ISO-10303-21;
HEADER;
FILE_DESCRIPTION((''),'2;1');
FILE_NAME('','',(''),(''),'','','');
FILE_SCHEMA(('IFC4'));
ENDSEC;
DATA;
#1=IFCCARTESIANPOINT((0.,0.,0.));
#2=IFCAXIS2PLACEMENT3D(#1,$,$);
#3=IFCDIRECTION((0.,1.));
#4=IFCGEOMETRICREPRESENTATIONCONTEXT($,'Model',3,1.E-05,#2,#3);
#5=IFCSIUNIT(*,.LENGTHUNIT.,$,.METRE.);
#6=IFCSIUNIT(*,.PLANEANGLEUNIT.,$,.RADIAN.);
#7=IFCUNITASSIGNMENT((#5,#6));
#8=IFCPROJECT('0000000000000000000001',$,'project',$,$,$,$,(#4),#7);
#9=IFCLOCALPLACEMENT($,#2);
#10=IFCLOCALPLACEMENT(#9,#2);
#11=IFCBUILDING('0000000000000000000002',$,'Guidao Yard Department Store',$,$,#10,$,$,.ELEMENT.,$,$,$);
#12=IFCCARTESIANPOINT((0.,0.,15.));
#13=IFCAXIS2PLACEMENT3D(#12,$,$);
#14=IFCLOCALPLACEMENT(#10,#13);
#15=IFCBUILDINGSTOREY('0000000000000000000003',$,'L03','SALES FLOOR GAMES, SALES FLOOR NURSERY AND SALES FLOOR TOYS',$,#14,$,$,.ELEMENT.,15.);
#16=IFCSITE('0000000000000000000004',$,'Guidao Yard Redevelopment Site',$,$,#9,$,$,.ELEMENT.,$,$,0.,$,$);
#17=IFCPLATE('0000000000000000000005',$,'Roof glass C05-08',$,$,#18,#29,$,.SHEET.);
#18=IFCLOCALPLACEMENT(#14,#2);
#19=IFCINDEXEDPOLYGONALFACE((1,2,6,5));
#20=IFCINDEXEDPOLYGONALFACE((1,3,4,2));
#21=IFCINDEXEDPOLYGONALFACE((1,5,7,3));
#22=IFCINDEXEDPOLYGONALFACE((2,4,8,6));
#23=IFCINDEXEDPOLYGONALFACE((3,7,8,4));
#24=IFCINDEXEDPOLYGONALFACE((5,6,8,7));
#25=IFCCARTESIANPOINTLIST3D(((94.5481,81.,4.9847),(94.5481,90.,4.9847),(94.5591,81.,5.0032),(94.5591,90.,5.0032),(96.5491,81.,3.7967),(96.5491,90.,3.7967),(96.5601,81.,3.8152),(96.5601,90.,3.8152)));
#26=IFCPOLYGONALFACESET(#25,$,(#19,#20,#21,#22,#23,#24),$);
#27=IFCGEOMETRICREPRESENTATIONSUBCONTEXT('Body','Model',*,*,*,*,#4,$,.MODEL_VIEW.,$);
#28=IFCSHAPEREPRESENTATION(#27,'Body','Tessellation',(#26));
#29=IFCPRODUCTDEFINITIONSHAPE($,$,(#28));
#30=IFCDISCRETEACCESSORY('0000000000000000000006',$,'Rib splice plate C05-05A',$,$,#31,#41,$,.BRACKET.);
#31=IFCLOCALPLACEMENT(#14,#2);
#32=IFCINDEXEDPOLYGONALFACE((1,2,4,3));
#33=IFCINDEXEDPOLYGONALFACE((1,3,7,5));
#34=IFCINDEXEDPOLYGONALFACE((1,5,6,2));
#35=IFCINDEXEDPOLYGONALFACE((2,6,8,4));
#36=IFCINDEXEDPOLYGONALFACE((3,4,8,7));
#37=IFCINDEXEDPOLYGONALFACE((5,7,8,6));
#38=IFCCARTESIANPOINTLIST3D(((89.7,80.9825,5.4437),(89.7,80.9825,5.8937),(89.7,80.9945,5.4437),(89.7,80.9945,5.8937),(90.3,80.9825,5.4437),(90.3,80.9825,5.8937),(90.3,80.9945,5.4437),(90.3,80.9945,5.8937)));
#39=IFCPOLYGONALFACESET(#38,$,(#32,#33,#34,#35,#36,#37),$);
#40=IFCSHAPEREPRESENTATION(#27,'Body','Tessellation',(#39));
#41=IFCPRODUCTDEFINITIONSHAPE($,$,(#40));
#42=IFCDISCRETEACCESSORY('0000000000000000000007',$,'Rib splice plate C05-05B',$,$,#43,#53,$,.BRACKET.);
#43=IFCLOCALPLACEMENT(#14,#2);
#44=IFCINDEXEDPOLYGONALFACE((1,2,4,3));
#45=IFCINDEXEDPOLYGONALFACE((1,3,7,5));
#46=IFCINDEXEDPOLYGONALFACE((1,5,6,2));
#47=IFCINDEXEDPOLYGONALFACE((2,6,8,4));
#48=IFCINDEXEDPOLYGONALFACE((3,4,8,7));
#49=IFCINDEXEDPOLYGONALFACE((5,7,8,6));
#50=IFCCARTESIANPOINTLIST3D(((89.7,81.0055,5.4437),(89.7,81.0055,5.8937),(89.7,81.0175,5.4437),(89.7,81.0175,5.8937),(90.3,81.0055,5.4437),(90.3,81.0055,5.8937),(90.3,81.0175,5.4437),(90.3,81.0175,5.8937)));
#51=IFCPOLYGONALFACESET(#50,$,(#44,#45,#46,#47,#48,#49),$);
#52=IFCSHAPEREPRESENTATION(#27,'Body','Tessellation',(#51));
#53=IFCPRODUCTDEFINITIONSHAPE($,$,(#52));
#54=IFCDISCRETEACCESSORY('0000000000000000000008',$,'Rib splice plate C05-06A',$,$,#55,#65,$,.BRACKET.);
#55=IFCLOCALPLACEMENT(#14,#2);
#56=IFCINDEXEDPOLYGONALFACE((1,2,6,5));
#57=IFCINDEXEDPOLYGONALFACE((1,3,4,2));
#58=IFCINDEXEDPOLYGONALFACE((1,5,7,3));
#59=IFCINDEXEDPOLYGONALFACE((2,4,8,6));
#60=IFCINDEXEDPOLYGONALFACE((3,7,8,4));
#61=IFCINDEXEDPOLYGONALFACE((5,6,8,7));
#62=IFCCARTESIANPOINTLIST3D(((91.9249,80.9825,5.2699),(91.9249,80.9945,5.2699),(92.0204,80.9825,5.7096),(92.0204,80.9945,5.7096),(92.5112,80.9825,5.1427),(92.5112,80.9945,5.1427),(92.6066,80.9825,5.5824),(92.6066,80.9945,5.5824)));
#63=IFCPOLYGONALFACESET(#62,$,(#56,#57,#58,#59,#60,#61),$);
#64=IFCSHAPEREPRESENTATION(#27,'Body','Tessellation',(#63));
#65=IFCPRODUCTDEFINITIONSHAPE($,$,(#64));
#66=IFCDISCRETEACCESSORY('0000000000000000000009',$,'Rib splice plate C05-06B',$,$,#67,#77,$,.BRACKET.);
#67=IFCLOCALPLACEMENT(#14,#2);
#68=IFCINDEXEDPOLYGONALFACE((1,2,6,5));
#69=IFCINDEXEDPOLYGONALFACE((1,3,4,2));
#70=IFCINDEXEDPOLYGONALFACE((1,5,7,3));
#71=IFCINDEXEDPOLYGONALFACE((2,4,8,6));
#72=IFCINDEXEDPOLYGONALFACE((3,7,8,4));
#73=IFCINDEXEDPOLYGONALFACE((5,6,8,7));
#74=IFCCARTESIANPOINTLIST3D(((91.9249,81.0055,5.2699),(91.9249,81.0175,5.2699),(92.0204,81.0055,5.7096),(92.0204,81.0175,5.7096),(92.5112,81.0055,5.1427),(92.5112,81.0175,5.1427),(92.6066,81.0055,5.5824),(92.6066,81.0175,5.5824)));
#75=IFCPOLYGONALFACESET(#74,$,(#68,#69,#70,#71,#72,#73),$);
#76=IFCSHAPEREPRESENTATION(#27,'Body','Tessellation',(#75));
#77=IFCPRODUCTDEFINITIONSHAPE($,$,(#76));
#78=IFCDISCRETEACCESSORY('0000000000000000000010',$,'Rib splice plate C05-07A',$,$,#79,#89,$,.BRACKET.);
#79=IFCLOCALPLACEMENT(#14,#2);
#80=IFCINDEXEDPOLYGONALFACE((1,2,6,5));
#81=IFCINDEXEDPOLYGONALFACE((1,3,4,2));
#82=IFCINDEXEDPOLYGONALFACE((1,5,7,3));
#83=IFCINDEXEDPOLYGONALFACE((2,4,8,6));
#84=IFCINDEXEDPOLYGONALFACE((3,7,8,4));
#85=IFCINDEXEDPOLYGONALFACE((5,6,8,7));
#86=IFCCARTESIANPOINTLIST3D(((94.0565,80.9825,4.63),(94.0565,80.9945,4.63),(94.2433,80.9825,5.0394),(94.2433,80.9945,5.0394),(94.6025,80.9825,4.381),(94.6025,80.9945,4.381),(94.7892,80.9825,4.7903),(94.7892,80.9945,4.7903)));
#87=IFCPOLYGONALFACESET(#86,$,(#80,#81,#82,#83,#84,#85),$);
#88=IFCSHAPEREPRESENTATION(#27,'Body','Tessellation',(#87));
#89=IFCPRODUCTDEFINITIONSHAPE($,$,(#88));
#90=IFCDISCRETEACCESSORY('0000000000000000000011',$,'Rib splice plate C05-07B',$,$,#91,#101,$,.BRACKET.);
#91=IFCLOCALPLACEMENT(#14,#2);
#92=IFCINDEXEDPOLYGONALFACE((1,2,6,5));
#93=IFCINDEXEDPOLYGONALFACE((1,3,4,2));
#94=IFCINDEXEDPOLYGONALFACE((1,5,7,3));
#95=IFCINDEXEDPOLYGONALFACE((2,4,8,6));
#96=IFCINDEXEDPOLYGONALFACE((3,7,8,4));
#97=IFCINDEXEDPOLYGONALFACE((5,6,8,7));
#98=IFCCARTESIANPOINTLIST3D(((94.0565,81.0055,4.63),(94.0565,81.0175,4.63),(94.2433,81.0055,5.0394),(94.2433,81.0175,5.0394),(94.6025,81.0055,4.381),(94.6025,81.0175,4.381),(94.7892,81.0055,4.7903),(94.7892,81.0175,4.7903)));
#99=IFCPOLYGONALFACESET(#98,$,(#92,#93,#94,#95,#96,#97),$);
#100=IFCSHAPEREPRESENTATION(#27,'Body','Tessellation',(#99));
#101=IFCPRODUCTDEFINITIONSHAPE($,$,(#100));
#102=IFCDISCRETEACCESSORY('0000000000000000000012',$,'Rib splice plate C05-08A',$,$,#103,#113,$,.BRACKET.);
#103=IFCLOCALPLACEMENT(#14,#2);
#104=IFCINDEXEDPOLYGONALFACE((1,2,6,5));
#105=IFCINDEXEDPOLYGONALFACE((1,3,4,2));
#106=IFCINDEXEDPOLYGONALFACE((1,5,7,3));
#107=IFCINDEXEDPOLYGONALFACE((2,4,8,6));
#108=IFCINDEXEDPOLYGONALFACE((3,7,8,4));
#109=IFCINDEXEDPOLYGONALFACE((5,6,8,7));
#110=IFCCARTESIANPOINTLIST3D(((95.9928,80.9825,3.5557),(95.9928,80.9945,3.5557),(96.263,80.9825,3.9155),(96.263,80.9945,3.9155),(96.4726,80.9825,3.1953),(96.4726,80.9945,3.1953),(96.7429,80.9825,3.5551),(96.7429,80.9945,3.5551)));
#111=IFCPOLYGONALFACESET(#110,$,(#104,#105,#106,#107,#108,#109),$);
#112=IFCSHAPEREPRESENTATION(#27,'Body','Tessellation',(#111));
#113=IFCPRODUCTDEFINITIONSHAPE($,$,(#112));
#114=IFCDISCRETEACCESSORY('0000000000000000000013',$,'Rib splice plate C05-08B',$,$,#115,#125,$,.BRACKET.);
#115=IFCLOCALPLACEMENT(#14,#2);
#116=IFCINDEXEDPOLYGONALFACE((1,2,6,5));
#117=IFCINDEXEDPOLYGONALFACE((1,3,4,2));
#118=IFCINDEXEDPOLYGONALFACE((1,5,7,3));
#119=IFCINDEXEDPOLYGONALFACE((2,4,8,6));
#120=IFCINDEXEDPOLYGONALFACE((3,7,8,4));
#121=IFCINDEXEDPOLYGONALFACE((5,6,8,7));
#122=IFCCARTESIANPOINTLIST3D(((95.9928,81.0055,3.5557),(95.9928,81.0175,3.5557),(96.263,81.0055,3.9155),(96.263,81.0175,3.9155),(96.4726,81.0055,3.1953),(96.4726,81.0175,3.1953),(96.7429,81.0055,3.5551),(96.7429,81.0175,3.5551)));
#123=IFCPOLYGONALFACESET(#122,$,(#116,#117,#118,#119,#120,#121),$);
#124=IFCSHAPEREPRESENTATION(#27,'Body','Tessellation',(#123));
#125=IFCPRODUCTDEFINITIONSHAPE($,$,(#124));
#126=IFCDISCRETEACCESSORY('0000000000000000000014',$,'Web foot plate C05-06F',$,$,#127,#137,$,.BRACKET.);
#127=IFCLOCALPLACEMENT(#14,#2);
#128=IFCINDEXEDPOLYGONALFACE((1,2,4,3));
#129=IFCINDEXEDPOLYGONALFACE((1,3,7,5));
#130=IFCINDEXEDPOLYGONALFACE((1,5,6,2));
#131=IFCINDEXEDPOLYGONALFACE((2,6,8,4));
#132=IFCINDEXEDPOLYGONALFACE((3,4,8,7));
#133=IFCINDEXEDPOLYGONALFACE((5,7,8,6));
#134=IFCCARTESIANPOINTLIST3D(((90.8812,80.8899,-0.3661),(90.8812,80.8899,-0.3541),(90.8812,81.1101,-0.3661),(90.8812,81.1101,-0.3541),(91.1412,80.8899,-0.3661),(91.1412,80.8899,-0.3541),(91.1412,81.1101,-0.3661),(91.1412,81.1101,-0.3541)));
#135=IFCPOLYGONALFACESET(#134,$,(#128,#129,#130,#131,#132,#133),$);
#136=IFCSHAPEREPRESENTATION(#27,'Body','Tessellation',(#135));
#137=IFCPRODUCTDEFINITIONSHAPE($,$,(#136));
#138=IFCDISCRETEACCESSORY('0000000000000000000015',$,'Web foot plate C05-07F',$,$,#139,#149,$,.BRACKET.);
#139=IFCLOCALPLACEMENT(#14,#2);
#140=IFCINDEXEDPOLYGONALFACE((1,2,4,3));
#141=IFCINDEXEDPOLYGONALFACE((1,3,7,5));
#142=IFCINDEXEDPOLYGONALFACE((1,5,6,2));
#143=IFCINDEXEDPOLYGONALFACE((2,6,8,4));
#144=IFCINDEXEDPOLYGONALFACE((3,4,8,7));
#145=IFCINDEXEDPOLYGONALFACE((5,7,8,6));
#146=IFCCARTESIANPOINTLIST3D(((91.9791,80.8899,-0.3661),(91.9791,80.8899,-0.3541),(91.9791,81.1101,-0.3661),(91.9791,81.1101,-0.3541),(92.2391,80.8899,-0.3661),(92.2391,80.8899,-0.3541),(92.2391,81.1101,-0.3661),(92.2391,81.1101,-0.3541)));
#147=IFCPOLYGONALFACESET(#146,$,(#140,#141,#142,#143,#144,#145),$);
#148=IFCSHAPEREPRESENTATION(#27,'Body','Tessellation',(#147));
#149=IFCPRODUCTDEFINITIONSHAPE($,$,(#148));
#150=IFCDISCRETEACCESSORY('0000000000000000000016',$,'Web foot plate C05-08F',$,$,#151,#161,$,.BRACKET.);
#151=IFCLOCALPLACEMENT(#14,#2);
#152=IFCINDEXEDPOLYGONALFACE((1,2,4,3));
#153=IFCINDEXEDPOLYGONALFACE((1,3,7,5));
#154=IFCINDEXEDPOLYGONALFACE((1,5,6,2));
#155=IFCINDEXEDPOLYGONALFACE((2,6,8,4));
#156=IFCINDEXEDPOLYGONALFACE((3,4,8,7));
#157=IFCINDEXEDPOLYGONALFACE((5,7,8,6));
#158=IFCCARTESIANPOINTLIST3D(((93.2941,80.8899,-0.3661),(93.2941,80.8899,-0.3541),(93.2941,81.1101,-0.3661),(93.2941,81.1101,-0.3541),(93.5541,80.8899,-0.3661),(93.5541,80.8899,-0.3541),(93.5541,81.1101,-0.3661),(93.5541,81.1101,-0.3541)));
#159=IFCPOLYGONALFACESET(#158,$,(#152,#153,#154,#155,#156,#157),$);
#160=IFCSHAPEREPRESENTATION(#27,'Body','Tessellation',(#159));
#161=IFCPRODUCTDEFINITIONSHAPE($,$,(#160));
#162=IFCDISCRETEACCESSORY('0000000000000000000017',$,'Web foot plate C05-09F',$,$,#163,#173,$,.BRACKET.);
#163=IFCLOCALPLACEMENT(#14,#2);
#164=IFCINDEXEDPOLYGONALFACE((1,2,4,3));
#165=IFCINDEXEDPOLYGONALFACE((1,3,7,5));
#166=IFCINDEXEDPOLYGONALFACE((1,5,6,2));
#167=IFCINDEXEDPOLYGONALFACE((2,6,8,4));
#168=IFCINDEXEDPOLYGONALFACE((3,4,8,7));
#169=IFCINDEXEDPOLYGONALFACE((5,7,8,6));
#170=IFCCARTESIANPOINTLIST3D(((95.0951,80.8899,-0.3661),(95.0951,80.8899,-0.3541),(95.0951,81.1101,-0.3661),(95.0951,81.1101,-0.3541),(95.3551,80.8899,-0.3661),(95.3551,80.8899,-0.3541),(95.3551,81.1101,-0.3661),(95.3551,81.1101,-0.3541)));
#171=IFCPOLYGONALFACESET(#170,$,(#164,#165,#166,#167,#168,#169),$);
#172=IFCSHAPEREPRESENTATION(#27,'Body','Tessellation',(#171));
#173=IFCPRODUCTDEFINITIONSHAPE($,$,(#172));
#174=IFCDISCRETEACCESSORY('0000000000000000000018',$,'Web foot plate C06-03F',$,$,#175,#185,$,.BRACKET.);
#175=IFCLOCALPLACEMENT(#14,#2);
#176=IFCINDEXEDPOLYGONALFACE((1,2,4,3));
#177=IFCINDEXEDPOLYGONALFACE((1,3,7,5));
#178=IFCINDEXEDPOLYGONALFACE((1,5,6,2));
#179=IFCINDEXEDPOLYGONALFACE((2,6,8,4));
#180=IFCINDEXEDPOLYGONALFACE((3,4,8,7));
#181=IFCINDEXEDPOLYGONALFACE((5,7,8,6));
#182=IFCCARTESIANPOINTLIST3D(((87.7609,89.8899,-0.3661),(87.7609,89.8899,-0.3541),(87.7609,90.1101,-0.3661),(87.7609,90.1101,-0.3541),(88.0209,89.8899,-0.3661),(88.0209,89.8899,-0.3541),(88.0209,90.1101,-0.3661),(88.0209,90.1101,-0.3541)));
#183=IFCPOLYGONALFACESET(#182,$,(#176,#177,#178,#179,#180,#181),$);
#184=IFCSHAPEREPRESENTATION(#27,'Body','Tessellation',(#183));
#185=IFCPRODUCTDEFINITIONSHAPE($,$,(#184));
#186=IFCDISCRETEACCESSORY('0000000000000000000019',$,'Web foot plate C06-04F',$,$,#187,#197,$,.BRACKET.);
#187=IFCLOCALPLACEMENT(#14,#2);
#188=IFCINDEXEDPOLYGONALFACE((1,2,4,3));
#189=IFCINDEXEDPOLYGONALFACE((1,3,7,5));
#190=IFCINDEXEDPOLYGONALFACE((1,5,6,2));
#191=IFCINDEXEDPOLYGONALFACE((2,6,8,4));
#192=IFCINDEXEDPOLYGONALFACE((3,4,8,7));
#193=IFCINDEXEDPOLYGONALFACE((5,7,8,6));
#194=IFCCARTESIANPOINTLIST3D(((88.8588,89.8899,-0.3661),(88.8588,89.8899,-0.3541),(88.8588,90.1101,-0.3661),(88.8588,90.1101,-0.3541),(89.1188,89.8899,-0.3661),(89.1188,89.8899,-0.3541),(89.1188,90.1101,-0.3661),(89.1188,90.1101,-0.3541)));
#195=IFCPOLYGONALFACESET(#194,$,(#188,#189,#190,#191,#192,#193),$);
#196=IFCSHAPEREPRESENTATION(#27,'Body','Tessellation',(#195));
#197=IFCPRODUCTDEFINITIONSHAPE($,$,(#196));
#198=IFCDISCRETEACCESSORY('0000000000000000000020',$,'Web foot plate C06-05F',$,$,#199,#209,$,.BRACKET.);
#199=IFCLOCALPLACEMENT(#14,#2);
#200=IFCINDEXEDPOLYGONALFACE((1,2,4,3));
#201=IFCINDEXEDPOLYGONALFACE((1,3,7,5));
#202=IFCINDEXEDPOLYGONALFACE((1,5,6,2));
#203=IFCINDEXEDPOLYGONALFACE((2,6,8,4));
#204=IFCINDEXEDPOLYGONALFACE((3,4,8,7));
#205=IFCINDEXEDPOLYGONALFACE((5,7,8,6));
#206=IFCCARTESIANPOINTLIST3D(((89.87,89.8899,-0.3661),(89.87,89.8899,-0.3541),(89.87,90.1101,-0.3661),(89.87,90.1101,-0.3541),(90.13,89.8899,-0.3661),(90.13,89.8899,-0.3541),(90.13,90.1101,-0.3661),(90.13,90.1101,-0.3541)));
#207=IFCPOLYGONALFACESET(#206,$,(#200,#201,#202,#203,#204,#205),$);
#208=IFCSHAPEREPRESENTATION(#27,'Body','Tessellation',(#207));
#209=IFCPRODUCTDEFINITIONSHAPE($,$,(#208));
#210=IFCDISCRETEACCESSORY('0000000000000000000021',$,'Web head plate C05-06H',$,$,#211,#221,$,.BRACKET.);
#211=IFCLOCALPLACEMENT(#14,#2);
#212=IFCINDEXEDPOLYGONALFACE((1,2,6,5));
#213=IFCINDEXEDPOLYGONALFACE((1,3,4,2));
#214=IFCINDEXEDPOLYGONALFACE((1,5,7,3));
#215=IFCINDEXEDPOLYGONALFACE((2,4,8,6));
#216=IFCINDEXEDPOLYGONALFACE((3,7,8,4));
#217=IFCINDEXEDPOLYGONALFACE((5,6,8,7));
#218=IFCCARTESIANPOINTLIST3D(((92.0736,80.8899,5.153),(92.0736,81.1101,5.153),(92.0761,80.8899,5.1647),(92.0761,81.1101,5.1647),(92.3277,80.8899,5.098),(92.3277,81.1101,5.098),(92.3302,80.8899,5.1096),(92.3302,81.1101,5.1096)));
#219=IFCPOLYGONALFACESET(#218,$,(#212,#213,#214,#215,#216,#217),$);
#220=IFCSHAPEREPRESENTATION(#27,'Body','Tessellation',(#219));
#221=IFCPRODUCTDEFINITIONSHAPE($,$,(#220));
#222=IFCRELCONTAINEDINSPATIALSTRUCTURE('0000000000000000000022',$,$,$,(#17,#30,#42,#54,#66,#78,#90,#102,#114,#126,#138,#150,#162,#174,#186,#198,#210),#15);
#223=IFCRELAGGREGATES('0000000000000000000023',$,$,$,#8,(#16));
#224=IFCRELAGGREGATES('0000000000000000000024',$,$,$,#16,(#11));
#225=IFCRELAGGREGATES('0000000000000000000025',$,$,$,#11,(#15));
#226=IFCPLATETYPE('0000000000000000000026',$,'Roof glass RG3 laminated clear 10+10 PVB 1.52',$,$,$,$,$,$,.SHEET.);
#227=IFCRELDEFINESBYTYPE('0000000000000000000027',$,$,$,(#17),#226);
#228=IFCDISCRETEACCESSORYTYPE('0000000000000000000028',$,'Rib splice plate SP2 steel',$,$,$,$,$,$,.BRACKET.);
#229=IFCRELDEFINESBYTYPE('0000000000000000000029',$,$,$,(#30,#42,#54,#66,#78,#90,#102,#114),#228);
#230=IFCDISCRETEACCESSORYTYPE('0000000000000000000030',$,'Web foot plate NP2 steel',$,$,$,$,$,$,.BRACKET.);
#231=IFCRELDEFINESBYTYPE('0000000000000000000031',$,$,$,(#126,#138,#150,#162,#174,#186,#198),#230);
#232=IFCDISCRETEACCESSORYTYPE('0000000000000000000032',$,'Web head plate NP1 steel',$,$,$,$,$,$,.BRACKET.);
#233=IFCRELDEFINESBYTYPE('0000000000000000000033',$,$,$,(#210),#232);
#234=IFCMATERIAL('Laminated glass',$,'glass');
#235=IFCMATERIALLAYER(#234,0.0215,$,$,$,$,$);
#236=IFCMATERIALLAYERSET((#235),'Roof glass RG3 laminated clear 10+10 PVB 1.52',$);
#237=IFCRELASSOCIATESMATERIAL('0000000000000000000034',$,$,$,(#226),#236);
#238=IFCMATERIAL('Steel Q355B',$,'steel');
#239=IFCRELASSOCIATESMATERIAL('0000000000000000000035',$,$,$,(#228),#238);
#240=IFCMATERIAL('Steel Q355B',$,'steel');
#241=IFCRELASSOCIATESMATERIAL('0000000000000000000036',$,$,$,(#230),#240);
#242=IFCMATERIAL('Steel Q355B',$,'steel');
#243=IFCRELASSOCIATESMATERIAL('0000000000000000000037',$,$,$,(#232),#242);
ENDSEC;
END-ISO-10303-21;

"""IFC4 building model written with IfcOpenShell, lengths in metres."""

from ifc_helpers import new_model, si_unit, direction, frame, origin, origin_2d, place, context, subcontext, project, spatial, polyline, rectangle, outline, extrude, material, layer, layer_set, material_profile, profile_set, type_object, element, save


model = new_model("IFC4")

# Units and contexts
model_context = context("Model", 3, precision=1e-05, world=origin(), true_north=direction((0.0, 1.0)))
body_context = subcontext(model_context, "Body", "Model", "MODEL_VIEW")
ifc_project = project(units=[si_unit("LENGTHUNIT", "METRE"), si_unit("PLANEANGLEUNIT", "RADIAN")], contexts=[model_context])

# Site, building, storey
site_placement = place(None, origin())
site = spatial("IfcSite", under=ifc_project, at=site_placement, Name="Guidao Yard Redevelopment Site", CompositionType="ELEMENT", RefElevation=0.0)
building_placement = place(site_placement, origin())
building = spatial("IfcBuilding", under=site, at=building_placement, Name="Guidao Yard Department Store", CompositionType="ELEMENT")
storey_placement = place(building_placement, frame((0.0, 0.0, 15.0)))
storey = spatial("IfcBuildingStorey", under=building, at=storey_placement, Name="L03", Description="SALES FLOOR GAMES, SALES FLOOR NURSERY AND SALES FLOOR TOYS", CompositionType="ELEMENT", Elevation=15.0)

# Plate
ifc_material_1 = material(Name="Laminated glass", Category="glass")
ifc_layer = layer(ifc_material_1, 0.0215)
ifc_layer_set = layer_set([ifc_layer], Name="Roof glass RG3 laminated clear 10+10 PVB 1.52")
plate_type = type_object("IfcPlateType", Name="Roof glass RG3 laminated clear 10+10 PVB 1.52", PredefinedType="SHEET", material=ifc_layer_set)
plate_placement = place(storey_placement, frame((94.5591, 81.0, 5.0032), z_axis=(0.51051, 0.0, 0.859872), x_axis=(0.859872, 0.0, -0.51051)))
element("IfcPlate", 1, at=plate_placement, inside=storey, type_object=plate_type, Name="Roof glass C05-08", PredefinedType="SHEET", context=body_context, shape_type="SweptSolid", body=[
    extrude(outline(polyline([(0.0, 0.0), (2.3271, 0.0), (2.3271, 9.0), (0.0, 9.0), (0.0, 0.0)])), origin(), (0.0, 0.0, -1.0), 0.0215),
])

# Discrete accessories
ifc_material_2 = material(Name="Steel Q355B", Category="steel")
ifc_material_profile_1 = material_profile(ifc_material_2, rectangle(XDim=0.012, YDim=0.45, at=origin_2d()), Name="Splice plate 450x12")
ifc_profile_set_1 = profile_set([ifc_material_profile_1], Name="Steel Q355B")
discrete_accessory_type_1 = type_object("IfcDiscreteAccessoryType", Name="Rib splice plate SP2 steel", PredefinedType="BRACKET", material=ifc_profile_set_1)
for number, where, z_axis, x_axis, name in (
    (2, (89.7, 80.9885, 5.6687), (1.0, 0.0, 0.0), (0.0, 1.0, 0.0), "Rib splice plate C05-05A"),
    (3, (89.7, 81.0115, 5.6687), (1.0, 0.0, 0.0), (0.0, 1.0, 0.0), "Rib splice plate C05-05B"),
):
    element("IfcDiscreteAccessory", number, at=place(storey_placement, frame(where, z_axis=z_axis, x_axis=x_axis)), inside=storey, type_object=discrete_accessory_type_1, Name=name, PredefinedType="BRACKET", context=body_context, shape_type="SweptSolid", body=[
        extrude(rectangle(XDim=0.012, YDim=0.45, at=origin_2d()), origin(), (0.0, 0.0, 1.0), 0.6001),
    ])
for number, where, z_axis, x_axis, name in (
    (4, (91.9727, 80.9885, 5.4897), (0.977257, 0.0, -0.212058), (0.0, 1.0, 0.0), "Rib splice plate C05-06A"),
    (5, (91.9727, 81.0115, 5.4897), (0.977257, 0.0, -0.212058), (0.0, 1.0, 0.0), "Rib splice plate C05-06B"),
):
    element("IfcDiscreteAccessory", number, at=place(storey_placement, frame(where, z_axis=z_axis, x_axis=x_axis)), inside=storey, type_object=discrete_accessory_type_1, Name=name, PredefinedType="BRACKET", context=body_context, shape_type="SweptSolid", body=[
        extrude(rectangle(XDim=0.012, YDim=0.45, at=origin_2d()), origin(), (0.0, 0.0, 1.0), 0.5999),
    ])
for number, where, z_axis, x_axis, name in (
    (6, (94.1499, 80.9885, 4.8347), (0.909808, 0.0, -0.415029), (0.0, 1.0, 0.0), "Rib splice plate C05-07A"),
    (7, (94.1499, 81.0115, 4.8347), (0.909808, 0.0, -0.415029), (0.0, 1.0, 0.0), "Rib splice plate C05-07B"),
    (8, (96.1279, 80.9885, 3.7356), (0.79956, 0.0, -0.600586), (0.0, 1.0, 0.0), "Rib splice plate C05-08A"),
    (9, (96.1279, 81.0115, 3.7356), (0.79956, 0.0, -0.600586), (0.0, 1.0, 0.0), "Rib splice plate C05-08B"),
):
    element("IfcDiscreteAccessory", number, at=place(storey_placement, frame(where, z_axis=z_axis, x_axis=x_axis)), inside=storey, type_object=discrete_accessory_type_1, Name=name, PredefinedType="BRACKET", context=body_context, shape_type="SweptSolid", body=[
        extrude(rectangle(XDim=0.012, YDim=0.45, at=origin_2d()), origin(), (0.0, 0.0, 1.0), 0.6001),
    ])
ifc_material_3 = material(Name="Steel Q355B", Category="steel")
ifc_material_profile_2 = material_profile(ifc_material_3, rectangle(XDim=0.26, YDim=0.012, at=origin_2d()), Name="Node plate 260x12")
ifc_profile_set_2 = profile_set([ifc_material_profile_2], Name="Steel Q355B")
discrete_accessory_type_2 = type_object("IfcDiscreteAccessoryType", Name="Web foot plate NP2 steel", PredefinedType="BRACKET", material=ifc_profile_set_2)
for number, where, z_axis, x_axis, name in (
    (10, (91.0112, 80.8899, -0.3601), (0.0, 1.0, 0.0), (-1.0, 0.0, 0.0), "Web foot plate C05-06F"),
    (11, (92.1091, 80.8899, -0.3601), (0.0, 1.0, 0.0), (-1.0, 0.0, 0.0), "Web foot plate C05-07F"),
    (12, (93.4241, 80.8899, -0.3601), (0.0, 1.0, 0.0), (-1.0, 0.0, 0.0), "Web foot plate C05-08F"),
    (13, (95.2251, 80.8899, -0.3601), (0.0, 1.0, 0.0), (-1.0, 0.0, 0.0), "Web foot plate C05-09F"),
    (14, (87.8909, 89.8899, -0.3601), (0.0, 1.0, 0.0), (-1.0, 0.0, 0.0), "Web foot plate C06-03F"),
    (15, (88.9888, 89.8899, -0.3601), (0.0, 1.0, 0.0), (-1.0, 0.0, 0.0), "Web foot plate C06-04F"),
    (16, (90.0, 89.8899, -0.3601), (0.0, 1.0, 0.0), (-1.0, 0.0, 0.0), "Web foot plate C06-05F"),
):
    element("IfcDiscreteAccessory", number, at=place(storey_placement, frame(where, z_axis=z_axis, x_axis=x_axis)), inside=storey, type_object=discrete_accessory_type_2, Name=name, PredefinedType="BRACKET", context=body_context, shape_type="SweptSolid", body=[
        extrude(rectangle(XDim=0.26, YDim=0.012, at=origin_2d()), origin(), (0.0, 0.0, 1.0), 0.2202),
    ])
ifc_material_4 = material(Name="Steel Q355B", Category="steel")
ifc_material_profile_3 = material_profile(ifc_material_4, rectangle(XDim=0.26, YDim=0.012, at=origin_2d()), Name="Node plate 260x12")
ifc_profile_set_3 = profile_set([ifc_material_profile_3], Name="Steel Q355B")
discrete_accessory_type_3 = type_object("IfcDiscreteAccessoryType", Name="Web head plate NP1 steel", PredefinedType="BRACKET", material=ifc_profile_set_3)
for number, where, z_axis, x_axis, name in (
    (17, (92.2019, 80.8899, 5.1313), (0.0, 1.0, 0.0), (-0.977292, 0.0, 0.211897), "Web head plate C05-06H"),
):
    element("IfcDiscreteAccessory", number, at=place(storey_placement, frame(where, z_axis=z_axis, x_axis=x_axis)), inside=storey, type_object=discrete_accessory_type_3, Name=name, PredefinedType="BRACKET", context=body_context, shape_type="SweptSolid", body=[
        extrude(rectangle(XDim=0.26, YDim=0.012, at=origin_2d()), origin(), (0.0, 0.0, 1.0), 0.2202),
    ])

save(model, "model.ifc")
